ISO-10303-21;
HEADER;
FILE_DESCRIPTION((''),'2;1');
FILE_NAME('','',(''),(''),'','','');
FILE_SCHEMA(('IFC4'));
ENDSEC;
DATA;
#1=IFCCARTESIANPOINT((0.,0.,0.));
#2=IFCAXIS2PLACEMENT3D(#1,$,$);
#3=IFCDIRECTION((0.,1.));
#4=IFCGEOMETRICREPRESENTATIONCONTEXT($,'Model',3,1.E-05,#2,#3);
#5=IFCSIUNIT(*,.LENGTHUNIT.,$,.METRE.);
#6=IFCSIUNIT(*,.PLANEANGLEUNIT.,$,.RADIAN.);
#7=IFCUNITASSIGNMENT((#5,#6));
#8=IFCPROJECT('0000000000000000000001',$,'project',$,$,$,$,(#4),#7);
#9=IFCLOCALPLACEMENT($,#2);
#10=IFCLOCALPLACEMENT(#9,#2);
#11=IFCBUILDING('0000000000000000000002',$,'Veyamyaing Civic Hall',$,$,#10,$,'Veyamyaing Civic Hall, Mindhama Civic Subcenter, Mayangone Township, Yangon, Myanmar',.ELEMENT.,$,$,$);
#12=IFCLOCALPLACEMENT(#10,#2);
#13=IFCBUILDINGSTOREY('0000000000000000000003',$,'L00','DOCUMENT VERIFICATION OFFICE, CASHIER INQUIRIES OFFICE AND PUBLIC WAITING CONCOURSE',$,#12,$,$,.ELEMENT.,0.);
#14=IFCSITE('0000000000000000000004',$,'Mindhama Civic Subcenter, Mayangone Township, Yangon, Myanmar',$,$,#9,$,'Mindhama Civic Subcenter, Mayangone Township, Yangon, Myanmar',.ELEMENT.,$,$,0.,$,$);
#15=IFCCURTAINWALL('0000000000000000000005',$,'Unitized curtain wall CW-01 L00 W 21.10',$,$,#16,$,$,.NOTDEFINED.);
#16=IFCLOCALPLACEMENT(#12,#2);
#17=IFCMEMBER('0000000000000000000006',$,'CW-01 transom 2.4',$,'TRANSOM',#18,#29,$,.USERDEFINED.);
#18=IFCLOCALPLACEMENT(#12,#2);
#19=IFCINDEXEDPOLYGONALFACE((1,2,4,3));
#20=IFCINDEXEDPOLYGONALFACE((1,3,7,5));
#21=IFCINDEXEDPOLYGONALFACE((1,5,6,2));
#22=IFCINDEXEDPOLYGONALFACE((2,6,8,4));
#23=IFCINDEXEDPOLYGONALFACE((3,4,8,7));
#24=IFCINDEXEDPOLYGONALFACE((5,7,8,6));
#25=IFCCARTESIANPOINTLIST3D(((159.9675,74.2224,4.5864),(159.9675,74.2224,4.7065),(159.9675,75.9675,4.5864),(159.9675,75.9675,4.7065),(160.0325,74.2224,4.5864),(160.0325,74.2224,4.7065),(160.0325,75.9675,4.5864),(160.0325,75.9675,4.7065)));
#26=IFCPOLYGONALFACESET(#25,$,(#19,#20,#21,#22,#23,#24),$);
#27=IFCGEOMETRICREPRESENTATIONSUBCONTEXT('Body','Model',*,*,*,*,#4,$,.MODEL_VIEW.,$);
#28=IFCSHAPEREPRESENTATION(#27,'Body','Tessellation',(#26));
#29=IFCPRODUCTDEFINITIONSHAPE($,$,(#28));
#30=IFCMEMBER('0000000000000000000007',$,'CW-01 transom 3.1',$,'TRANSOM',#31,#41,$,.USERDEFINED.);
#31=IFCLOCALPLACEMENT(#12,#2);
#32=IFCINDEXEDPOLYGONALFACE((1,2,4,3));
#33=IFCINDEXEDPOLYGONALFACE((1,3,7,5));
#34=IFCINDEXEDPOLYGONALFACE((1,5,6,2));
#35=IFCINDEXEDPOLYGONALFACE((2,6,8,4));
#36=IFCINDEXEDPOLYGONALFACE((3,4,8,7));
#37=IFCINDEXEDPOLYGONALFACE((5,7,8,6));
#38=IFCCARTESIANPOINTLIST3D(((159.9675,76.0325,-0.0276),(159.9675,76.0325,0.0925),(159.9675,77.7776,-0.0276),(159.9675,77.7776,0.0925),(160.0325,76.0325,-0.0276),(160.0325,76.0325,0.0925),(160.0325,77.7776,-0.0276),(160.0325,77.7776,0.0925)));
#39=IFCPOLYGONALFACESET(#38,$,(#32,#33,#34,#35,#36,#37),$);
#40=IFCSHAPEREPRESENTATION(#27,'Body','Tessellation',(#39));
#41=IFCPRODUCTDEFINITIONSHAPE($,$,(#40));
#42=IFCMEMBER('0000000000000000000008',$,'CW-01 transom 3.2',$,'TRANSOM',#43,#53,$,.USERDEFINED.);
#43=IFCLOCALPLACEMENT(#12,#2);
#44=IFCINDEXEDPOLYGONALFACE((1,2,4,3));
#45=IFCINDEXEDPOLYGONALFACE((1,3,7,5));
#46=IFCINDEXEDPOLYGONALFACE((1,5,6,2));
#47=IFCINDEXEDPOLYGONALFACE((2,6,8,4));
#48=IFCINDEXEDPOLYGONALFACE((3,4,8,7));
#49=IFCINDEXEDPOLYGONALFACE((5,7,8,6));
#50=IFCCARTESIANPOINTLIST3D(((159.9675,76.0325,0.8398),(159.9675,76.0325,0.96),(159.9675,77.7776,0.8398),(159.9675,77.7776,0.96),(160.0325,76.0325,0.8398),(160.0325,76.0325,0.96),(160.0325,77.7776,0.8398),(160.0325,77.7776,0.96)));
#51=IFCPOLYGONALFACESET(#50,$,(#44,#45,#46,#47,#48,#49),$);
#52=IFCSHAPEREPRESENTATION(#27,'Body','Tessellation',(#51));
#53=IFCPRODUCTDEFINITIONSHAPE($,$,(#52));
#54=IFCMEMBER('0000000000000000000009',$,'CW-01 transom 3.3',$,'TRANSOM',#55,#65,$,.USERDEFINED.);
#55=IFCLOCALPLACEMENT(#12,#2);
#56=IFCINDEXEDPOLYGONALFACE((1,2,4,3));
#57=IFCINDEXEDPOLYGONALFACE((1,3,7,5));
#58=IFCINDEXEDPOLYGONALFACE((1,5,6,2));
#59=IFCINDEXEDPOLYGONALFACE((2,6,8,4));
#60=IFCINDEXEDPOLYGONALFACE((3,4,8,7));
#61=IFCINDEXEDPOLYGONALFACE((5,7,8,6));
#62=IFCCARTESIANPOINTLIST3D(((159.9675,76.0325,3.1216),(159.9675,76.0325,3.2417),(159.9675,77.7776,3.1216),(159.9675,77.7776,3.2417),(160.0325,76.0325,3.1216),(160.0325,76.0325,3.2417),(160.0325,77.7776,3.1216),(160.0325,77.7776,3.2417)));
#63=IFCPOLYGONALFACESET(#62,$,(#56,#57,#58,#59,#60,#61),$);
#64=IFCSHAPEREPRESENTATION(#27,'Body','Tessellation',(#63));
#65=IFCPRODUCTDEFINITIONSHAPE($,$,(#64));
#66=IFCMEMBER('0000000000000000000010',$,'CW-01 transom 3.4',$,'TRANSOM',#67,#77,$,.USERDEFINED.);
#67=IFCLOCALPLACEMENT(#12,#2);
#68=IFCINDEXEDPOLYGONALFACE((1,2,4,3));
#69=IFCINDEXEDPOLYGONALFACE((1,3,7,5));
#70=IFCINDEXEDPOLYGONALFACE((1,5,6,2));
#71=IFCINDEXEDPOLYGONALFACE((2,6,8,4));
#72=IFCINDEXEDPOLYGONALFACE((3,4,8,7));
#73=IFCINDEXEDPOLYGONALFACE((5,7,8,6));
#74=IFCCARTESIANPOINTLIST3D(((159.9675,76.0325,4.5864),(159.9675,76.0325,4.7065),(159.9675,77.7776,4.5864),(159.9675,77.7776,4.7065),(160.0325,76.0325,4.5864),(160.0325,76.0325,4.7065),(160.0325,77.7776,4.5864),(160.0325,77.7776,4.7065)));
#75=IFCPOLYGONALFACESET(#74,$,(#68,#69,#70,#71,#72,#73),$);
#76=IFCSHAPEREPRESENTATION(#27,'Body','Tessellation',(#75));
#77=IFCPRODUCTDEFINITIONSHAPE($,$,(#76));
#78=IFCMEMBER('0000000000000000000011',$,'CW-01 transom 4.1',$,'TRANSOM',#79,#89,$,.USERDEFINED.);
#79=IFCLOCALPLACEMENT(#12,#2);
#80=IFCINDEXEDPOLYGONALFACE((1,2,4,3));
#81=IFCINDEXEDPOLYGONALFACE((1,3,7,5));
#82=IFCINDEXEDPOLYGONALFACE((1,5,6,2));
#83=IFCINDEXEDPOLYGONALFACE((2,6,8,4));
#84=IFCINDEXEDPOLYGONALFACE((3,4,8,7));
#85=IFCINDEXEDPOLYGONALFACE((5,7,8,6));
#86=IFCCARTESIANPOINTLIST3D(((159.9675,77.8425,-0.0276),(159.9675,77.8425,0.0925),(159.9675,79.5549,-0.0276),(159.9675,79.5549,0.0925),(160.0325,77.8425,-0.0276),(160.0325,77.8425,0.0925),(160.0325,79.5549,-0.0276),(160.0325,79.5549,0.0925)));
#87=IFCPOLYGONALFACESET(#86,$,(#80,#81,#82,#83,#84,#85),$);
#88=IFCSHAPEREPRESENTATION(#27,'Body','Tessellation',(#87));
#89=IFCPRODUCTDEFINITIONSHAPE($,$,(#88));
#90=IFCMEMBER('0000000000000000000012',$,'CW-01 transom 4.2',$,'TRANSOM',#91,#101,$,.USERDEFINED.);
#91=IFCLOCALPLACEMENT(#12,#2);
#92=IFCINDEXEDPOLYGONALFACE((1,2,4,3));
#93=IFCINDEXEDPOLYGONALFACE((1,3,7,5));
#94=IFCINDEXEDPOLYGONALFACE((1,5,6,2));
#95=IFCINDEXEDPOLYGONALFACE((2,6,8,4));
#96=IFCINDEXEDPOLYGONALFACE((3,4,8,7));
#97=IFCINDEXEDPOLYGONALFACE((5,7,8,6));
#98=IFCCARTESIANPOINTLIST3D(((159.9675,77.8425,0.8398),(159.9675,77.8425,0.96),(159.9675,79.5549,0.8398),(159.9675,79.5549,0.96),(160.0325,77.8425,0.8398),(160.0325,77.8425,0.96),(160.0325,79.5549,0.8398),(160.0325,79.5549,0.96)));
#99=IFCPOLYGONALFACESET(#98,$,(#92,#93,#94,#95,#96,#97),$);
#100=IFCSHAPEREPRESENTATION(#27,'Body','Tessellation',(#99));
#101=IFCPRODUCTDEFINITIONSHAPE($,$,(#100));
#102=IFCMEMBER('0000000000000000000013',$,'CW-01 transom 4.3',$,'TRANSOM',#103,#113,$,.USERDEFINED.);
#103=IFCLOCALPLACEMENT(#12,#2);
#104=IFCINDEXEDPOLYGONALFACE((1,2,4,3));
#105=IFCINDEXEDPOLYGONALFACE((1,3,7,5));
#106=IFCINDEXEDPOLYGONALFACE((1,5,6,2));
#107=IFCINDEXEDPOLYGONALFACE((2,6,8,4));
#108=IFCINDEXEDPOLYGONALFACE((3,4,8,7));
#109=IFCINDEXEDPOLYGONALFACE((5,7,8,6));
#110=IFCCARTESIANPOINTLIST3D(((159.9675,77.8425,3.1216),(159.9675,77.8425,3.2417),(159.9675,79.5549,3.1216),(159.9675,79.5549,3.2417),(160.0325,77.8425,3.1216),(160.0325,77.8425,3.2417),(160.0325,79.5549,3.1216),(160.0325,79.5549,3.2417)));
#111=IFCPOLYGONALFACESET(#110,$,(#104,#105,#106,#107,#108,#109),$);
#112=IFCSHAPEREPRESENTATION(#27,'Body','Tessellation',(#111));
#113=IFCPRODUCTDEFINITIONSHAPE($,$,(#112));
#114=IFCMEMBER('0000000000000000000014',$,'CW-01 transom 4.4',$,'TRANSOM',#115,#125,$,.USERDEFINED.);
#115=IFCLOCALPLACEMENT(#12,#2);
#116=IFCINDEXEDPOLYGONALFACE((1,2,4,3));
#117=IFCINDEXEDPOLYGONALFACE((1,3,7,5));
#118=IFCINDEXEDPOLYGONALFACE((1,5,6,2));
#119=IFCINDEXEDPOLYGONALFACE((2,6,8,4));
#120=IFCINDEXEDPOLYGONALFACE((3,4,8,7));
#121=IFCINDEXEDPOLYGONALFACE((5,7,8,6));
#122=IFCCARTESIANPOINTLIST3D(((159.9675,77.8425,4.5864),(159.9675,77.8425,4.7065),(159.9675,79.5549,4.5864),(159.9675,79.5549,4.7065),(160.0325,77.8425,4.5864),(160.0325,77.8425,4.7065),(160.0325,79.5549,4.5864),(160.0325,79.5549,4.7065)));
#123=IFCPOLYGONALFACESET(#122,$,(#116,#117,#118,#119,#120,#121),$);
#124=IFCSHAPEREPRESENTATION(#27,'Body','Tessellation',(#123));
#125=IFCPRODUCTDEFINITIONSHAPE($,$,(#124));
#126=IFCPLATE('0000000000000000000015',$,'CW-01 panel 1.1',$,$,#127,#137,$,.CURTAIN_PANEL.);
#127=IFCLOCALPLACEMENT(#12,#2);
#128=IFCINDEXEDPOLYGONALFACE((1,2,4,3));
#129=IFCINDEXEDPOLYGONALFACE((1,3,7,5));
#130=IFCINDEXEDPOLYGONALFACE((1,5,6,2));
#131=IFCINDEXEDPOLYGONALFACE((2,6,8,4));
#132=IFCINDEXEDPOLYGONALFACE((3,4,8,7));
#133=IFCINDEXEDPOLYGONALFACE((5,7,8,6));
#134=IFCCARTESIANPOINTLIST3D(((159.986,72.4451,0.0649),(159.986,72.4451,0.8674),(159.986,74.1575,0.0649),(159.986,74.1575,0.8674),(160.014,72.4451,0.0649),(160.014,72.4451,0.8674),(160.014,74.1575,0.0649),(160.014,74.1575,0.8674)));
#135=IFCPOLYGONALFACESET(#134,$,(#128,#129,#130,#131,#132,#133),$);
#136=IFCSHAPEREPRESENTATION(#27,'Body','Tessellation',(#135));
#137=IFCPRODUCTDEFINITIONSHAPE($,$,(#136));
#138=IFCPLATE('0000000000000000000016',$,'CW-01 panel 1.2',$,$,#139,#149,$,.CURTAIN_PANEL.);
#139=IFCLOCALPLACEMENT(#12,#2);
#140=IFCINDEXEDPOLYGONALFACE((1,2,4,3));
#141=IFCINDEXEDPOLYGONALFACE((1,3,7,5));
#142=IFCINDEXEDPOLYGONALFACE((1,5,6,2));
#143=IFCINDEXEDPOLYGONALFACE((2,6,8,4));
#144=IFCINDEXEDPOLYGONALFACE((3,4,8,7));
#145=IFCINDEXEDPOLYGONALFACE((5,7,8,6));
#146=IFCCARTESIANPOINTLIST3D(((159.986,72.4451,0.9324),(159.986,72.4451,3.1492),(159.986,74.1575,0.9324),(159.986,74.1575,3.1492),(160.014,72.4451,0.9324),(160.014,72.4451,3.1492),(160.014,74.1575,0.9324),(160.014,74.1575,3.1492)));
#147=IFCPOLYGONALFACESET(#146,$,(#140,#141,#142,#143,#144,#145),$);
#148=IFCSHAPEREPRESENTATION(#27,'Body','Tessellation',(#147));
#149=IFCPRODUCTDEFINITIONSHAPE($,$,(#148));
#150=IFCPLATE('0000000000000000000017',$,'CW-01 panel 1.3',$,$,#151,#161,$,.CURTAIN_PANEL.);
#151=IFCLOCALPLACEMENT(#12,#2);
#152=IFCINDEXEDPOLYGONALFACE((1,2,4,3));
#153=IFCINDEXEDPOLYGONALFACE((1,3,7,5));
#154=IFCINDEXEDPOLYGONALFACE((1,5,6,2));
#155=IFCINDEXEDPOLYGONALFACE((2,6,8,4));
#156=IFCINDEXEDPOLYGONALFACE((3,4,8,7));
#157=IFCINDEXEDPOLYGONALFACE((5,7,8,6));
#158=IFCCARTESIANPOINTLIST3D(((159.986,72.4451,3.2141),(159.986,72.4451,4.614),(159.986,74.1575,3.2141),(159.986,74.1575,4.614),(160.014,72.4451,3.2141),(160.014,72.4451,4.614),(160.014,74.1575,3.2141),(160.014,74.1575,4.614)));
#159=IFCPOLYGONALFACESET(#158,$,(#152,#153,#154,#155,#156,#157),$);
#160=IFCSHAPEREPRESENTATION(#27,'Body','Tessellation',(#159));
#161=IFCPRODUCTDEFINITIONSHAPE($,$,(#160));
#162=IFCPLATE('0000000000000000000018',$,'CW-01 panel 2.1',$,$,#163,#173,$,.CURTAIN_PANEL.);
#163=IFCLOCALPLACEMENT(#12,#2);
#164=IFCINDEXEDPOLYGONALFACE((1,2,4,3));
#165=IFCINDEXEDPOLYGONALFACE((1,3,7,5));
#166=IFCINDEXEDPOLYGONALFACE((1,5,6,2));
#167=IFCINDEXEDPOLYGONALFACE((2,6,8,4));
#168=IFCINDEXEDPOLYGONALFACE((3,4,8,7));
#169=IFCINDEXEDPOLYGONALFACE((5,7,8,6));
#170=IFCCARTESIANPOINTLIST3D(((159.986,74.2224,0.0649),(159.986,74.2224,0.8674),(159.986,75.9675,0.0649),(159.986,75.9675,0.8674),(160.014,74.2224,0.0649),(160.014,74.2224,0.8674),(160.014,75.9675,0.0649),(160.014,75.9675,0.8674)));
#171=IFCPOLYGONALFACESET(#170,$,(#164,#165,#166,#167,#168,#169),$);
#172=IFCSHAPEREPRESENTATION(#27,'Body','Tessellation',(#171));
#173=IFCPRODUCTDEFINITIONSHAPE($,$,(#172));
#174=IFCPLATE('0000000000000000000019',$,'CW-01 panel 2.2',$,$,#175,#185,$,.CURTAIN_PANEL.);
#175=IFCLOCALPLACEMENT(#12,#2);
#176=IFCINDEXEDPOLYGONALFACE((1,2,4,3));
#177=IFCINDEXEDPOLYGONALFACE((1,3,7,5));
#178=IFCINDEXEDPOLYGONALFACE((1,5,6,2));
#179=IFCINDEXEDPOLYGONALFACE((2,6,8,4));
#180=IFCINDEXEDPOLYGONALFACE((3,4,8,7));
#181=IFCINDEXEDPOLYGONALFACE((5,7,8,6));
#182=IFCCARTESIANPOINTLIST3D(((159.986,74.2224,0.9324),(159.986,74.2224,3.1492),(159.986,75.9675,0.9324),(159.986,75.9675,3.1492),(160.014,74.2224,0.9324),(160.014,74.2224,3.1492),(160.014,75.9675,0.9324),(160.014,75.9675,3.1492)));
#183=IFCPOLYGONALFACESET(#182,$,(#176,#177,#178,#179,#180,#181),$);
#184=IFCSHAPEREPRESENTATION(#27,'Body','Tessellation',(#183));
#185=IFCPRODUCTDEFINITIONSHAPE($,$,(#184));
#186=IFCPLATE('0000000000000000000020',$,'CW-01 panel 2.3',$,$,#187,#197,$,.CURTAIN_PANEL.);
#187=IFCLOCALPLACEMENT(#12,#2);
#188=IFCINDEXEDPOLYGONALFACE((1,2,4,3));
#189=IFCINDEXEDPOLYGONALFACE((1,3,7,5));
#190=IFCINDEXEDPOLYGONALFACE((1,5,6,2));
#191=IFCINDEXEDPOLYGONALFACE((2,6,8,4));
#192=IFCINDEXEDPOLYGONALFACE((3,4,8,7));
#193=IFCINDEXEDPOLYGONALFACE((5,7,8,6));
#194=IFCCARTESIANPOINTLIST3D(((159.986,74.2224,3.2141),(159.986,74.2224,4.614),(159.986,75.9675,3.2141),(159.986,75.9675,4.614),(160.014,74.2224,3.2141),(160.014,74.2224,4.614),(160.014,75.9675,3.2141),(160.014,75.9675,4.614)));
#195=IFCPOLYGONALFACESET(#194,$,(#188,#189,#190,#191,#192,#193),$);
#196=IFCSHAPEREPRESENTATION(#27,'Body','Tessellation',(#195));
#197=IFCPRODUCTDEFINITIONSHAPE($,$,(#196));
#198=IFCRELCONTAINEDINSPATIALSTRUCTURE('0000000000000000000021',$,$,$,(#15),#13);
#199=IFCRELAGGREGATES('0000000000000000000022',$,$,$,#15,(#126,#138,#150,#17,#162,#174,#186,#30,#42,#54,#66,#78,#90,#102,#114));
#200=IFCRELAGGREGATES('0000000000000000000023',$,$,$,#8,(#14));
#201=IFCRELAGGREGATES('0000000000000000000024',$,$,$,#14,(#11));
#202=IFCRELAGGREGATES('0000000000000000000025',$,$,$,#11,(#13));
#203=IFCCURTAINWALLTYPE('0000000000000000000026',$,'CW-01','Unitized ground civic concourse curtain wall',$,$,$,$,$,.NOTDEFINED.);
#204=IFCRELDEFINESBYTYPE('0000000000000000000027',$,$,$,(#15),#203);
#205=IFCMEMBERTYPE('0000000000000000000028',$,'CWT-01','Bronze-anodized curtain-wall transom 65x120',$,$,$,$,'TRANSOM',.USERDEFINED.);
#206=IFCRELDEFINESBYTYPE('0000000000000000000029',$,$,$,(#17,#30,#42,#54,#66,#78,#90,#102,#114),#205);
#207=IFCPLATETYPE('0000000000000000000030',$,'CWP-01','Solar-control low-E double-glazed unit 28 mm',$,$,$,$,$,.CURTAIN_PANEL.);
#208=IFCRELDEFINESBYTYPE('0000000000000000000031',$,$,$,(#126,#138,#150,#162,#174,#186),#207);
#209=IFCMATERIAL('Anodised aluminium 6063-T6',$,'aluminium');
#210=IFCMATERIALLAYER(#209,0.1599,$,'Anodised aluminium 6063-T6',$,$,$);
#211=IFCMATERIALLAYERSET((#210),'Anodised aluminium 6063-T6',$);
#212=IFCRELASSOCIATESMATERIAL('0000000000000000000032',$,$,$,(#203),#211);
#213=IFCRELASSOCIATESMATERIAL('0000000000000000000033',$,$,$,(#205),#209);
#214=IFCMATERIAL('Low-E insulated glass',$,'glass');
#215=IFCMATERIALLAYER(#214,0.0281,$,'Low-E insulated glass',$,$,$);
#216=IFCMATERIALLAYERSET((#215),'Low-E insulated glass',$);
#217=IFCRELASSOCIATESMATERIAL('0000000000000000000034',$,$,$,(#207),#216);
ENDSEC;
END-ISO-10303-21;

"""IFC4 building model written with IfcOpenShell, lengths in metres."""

from ifc_helpers import new_model, si_unit, direction, frame, origin, origin_2d, place, context, subcontext, project, spatial, rectangle, extrude, material, layer, layer_set, material_profile, profile_set, type_object, element, aggregate, save


model = new_model("IFC4")

# Units and contexts
model_context = context("Model", 3, precision=1e-05, world=origin(), true_north=direction((0.0, 1.0)))
body_context = subcontext(model_context, "Body", "Model", "MODEL_VIEW")
ifc_project = project(units=[si_unit("LENGTHUNIT", "METRE"), si_unit("PLANEANGLEUNIT", "RADIAN")], contexts=[model_context])

# Site, building, storey
site_placement = place(None, origin())
site = spatial("IfcSite", under=ifc_project, at=site_placement, Name="Mindhama Civic Subcenter, Mayangone Township, Yangon, Myanmar", LongName="Mindhama Civic Subcenter, Mayangone Township, Yangon, Myanmar", CompositionType="ELEMENT", RefElevation=0.0)
building_placement = place(site_placement, origin())
building = spatial("IfcBuilding", under=site, at=building_placement, Name="Veyamyaing Civic Hall", LongName="Veyamyaing Civic Hall, Mindhama Civic Subcenter, Mayangone Township, Yangon, Myanmar", CompositionType="ELEMENT")
storey_placement = place(building_placement, origin())
storey = spatial("IfcBuildingStorey", under=building, at=storey_placement, Name="L00", Description="DOCUMENT VERIFICATION OFFICE, CASHIER INQUIRIES OFFICE AND PUBLIC WAITING CONCOURSE", CompositionType="ELEMENT", Elevation=0.0)

# Curtain wall, members, plates
ifc_material_1 = material(Name="Anodised aluminium 6063-T6", Category="aluminium")
ifc_layer_1 = layer(ifc_material_1, 0.1599, Name="Anodised aluminium 6063-T6")
ifc_layer_set_1 = layer_set([ifc_layer_1], Name="Anodised aluminium 6063-T6")
curtain_wall_type = type_object("IfcCurtainWallType", Name="CW-01", Description="Unitized ground civic concourse curtain wall", PredefinedType="NOTDEFINED", material=ifc_layer_set_1)
curtain_wall_placement = place(storey_placement, origin())
curtain_wall = element("IfcCurtainWall", 1, at=curtain_wall_placement, inside=storey, type_object=curtain_wall_type, Name="Unitized curtain wall CW-01 L00 W 21.10", PredefinedType="NOTDEFINED")
ifc_material_profile_1 = material_profile(ifc_material_1, rectangle(XDim=0.0649, YDim=0.1201, at=origin_2d()), Name="ALU-TRN-65X120")
ifc_profile_set_1 = profile_set([ifc_material_profile_1], Name="Anodised aluminium 6063-T6")
member_type_1 = type_object("IfcMemberType", Name="CWT-01", Description="Bronze-anodized curtain-wall transom 65x120", ElementType="TRANSOM", PredefinedType="USERDEFINED", material=ifc_profile_set_1)
member_1_placement = place(storey_placement, frame((160.0, 74.2224, 4.6465), z_axis=(0.0, 1.0, 0.0), x_axis=(-1.0, 0.0, 0.0)))
member_1 = element("IfcMember", 2, at=member_1_placement, type_object=member_type_1, Name="CW-01 transom 2.4", ObjectType="TRANSOM", PredefinedType="USERDEFINED", context=body_context, shape_type="SweptSolid", body=[
    extrude(rectangle(XDim=0.0649, YDim=0.1201, at=origin_2d()), origin(), (0.0, 0.0, 1.0), 1.7451),
])
member_2_placement = place(storey_placement, frame((160.0, 76.0325, 0.0325), z_axis=(0.0, 1.0, 0.0), x_axis=(-1.0, 0.0, 0.0)))
member_2 = element("IfcMember", 3, at=member_2_placement, type_object=member_type_1, Name="CW-01 transom 3.1", ObjectType="TRANSOM", PredefinedType="USERDEFINED", context=body_context, shape_type="SweptSolid", body=[
    extrude(rectangle(XDim=0.0649, YDim=0.1201, at=origin_2d()), origin(), (0.0, 0.0, 1.0), 1.7451),
])
member_3_placement = place(storey_placement, frame((160.0, 76.0325, 0.8999), z_axis=(0.0, 1.0, 0.0), x_axis=(-1.0, 0.0, 0.0)))
member_3 = element("IfcMember", 4, at=member_3_placement, type_object=member_type_1, Name="CW-01 transom 3.2", ObjectType="TRANSOM", PredefinedType="USERDEFINED", context=body_context, shape_type="SweptSolid", body=[
    extrude(rectangle(XDim=0.0649, YDim=0.1201, at=origin_2d()), origin(), (0.0, 0.0, 1.0), 1.7451),
])
member_4_placement = place(storey_placement, frame((160.0, 76.0325, 3.1816), z_axis=(0.0, 1.0, 0.0), x_axis=(-1.0, 0.0, 0.0)))
member_4 = element("IfcMember", 5, at=member_4_placement, type_object=member_type_1, Name="CW-01 transom 3.3", ObjectType="TRANSOM", PredefinedType="USERDEFINED", context=body_context, shape_type="SweptSolid", body=[
    extrude(rectangle(XDim=0.0649, YDim=0.1201, at=origin_2d()), origin(), (0.0, 0.0, 1.0), 1.7451),
])
member_5_placement = place(storey_placement, frame((160.0, 76.0325, 4.6465), z_axis=(0.0, 1.0, 0.0), x_axis=(-1.0, 0.0, 0.0)))
member_5 = element("IfcMember", 6, at=member_5_placement, type_object=member_type_1, Name="CW-01 transom 3.4", ObjectType="TRANSOM", PredefinedType="USERDEFINED", context=body_context, shape_type="SweptSolid", body=[
    extrude(rectangle(XDim=0.0649, YDim=0.1201, at=origin_2d()), origin(), (0.0, 0.0, 1.0), 1.7451),
])
member_6_placement = place(storey_placement, frame((160.0, 77.8425, 0.0325), z_axis=(0.0, 1.0, 0.0), x_axis=(-1.0, 0.0, 0.0)))
member_6 = element("IfcMember", 7, at=member_6_placement, type_object=member_type_1, Name="CW-01 transom 4.1", ObjectType="TRANSOM", PredefinedType="USERDEFINED", context=body_context, shape_type="SweptSolid", body=[
    extrude(rectangle(XDim=0.0649, YDim=0.1201, at=origin_2d()), origin(), (0.0, 0.0, 1.0), 1.7124),
])
member_7_placement = place(storey_placement, frame((160.0, 77.8425, 0.8999), z_axis=(0.0, 1.0, 0.0), x_axis=(-1.0, 0.0, 0.0)))
member_7 = element("IfcMember", 8, at=member_7_placement, type_object=member_type_1, Name="CW-01 transom 4.2", ObjectType="TRANSOM", PredefinedType="USERDEFINED", context=body_context, shape_type="SweptSolid", body=[
    extrude(rectangle(XDim=0.0649, YDim=0.1201, at=origin_2d()), origin(), (0.0, 0.0, 1.0), 1.7124),
])
member_8_placement = place(storey_placement, frame((160.0, 77.8425, 3.1816), z_axis=(0.0, 1.0, 0.0), x_axis=(-1.0, 0.0, 0.0)))
member_8 = element("IfcMember", 9, at=member_8_placement, type_object=member_type_1, Name="CW-01 transom 4.3", ObjectType="TRANSOM", PredefinedType="USERDEFINED", context=body_context, shape_type="SweptSolid", body=[
    extrude(rectangle(XDim=0.0649, YDim=0.1201, at=origin_2d()), origin(), (0.0, 0.0, 1.0), 1.7124),
])
member_9_placement = place(storey_placement, frame((160.0, 77.8425, 4.6465), z_axis=(0.0, 1.0, 0.0), x_axis=(-1.0, 0.0, 0.0)))
member_9 = element("IfcMember", 10, at=member_9_placement, type_object=member_type_1, Name="CW-01 transom 4.4", ObjectType="TRANSOM", PredefinedType="USERDEFINED", context=body_context, shape_type="SweptSolid", body=[
    extrude(rectangle(XDim=0.0649, YDim=0.1201, at=origin_2d()), origin(), (0.0, 0.0, 1.0), 1.7124),
])
ifc_material_2 = material(Name="Low-E insulated glass", Category="glass")
ifc_layer_2 = layer(ifc_material_2, 0.0281, Name="Low-E insulated glass")
ifc_layer_set_2 = layer_set([ifc_layer_2], Name="Low-E insulated glass")
plate_type = type_object("IfcPlateType", Name="CWP-01", Description="Solar-control low-E double-glazed unit 28 mm", PredefinedType="CURTAIN_PANEL", material=ifc_layer_set_2)
plate_1_placement = place(storey_placement, frame((160.0, 73.3013, 0.0649), z_axis=(0.0, 0.0, 1.0), x_axis=(0.0, 1.0, 0.0)))
plate_1 = element("IfcPlate", 11, at=plate_1_placement, type_object=plate_type, Name="CW-01 panel 1.1", PredefinedType="CURTAIN_PANEL", context=body_context, shape_type="SweptSolid", body=[
    extrude(rectangle(XDim=1.7124, YDim=0.0281, at=origin_2d()), origin(), (0.0, 0.0, 1.0), 0.8025),
])
plate_2_placement = place(storey_placement, frame((160.0, 73.3013, 0.9324), z_axis=(0.0, 0.0, 1.0), x_axis=(0.0, 1.0, 0.0)))
plate_2 = element("IfcPlate", 12, at=plate_2_placement, type_object=plate_type, Name="CW-01 panel 1.2", PredefinedType="CURTAIN_PANEL", context=body_context, shape_type="SweptSolid", body=[
    extrude(rectangle(XDim=1.7124, YDim=0.0281, at=origin_2d()), origin(), (0.0, 0.0, 1.0), 2.2168),
])
plate_3_placement = place(storey_placement, frame((160.0, 73.3013, 3.2141), z_axis=(0.0, 0.0, 1.0), x_axis=(0.0, 1.0, 0.0)))
plate_3 = element("IfcPlate", 13, at=plate_3_placement, type_object=plate_type, Name="CW-01 panel 1.3", PredefinedType="CURTAIN_PANEL", context=body_context, shape_type="SweptSolid", body=[
    extrude(rectangle(XDim=1.7124, YDim=0.0281, at=origin_2d()), origin(), (0.0, 0.0, 1.0), 1.3999),
])
plate_4_placement = place(storey_placement, frame((160.0, 75.095, 0.0649), z_axis=(0.0, 0.0, 1.0), x_axis=(0.0, 1.0, 0.0)))
plate_4 = element("IfcPlate", 14, at=plate_4_placement, type_object=plate_type, Name="CW-01 panel 2.1", PredefinedType="CURTAIN_PANEL", context=body_context, shape_type="SweptSolid", body=[
    extrude(rectangle(XDim=1.7451, YDim=0.0281, at=origin_2d()), origin(), (0.0, 0.0, 1.0), 0.8025),
])
plate_5_placement = place(storey_placement, frame((160.0, 75.095, 0.9324), z_axis=(0.0, 0.0, 1.0), x_axis=(0.0, 1.0, 0.0)))
plate_5 = element("IfcPlate", 15, at=plate_5_placement, type_object=plate_type, Name="CW-01 panel 2.2", PredefinedType="CURTAIN_PANEL", context=body_context, shape_type="SweptSolid", body=[
    extrude(rectangle(XDim=1.7451, YDim=0.0281, at=origin_2d()), origin(), (0.0, 0.0, 1.0), 2.2168),
])
plate_6_placement = place(storey_placement, frame((160.0, 75.095, 3.2141), z_axis=(0.0, 0.0, 1.0), x_axis=(0.0, 1.0, 0.0)))
plate_6 = element("IfcPlate", 16, at=plate_6_placement, type_object=plate_type, Name="CW-01 panel 2.3", PredefinedType="CURTAIN_PANEL", context=body_context, shape_type="SweptSolid", body=[
    extrude(rectangle(XDim=1.7451, YDim=0.0281, at=origin_2d()), origin(), (0.0, 0.0, 1.0), 1.3999),
])
aggregate(curtain_wall, [plate_1, plate_2, plate_3, member_1, plate_4, plate_5, plate_6, member_2, member_3, member_4, member_5, member_6, member_7, member_8, member_9])

save(model, "model.ifc")
